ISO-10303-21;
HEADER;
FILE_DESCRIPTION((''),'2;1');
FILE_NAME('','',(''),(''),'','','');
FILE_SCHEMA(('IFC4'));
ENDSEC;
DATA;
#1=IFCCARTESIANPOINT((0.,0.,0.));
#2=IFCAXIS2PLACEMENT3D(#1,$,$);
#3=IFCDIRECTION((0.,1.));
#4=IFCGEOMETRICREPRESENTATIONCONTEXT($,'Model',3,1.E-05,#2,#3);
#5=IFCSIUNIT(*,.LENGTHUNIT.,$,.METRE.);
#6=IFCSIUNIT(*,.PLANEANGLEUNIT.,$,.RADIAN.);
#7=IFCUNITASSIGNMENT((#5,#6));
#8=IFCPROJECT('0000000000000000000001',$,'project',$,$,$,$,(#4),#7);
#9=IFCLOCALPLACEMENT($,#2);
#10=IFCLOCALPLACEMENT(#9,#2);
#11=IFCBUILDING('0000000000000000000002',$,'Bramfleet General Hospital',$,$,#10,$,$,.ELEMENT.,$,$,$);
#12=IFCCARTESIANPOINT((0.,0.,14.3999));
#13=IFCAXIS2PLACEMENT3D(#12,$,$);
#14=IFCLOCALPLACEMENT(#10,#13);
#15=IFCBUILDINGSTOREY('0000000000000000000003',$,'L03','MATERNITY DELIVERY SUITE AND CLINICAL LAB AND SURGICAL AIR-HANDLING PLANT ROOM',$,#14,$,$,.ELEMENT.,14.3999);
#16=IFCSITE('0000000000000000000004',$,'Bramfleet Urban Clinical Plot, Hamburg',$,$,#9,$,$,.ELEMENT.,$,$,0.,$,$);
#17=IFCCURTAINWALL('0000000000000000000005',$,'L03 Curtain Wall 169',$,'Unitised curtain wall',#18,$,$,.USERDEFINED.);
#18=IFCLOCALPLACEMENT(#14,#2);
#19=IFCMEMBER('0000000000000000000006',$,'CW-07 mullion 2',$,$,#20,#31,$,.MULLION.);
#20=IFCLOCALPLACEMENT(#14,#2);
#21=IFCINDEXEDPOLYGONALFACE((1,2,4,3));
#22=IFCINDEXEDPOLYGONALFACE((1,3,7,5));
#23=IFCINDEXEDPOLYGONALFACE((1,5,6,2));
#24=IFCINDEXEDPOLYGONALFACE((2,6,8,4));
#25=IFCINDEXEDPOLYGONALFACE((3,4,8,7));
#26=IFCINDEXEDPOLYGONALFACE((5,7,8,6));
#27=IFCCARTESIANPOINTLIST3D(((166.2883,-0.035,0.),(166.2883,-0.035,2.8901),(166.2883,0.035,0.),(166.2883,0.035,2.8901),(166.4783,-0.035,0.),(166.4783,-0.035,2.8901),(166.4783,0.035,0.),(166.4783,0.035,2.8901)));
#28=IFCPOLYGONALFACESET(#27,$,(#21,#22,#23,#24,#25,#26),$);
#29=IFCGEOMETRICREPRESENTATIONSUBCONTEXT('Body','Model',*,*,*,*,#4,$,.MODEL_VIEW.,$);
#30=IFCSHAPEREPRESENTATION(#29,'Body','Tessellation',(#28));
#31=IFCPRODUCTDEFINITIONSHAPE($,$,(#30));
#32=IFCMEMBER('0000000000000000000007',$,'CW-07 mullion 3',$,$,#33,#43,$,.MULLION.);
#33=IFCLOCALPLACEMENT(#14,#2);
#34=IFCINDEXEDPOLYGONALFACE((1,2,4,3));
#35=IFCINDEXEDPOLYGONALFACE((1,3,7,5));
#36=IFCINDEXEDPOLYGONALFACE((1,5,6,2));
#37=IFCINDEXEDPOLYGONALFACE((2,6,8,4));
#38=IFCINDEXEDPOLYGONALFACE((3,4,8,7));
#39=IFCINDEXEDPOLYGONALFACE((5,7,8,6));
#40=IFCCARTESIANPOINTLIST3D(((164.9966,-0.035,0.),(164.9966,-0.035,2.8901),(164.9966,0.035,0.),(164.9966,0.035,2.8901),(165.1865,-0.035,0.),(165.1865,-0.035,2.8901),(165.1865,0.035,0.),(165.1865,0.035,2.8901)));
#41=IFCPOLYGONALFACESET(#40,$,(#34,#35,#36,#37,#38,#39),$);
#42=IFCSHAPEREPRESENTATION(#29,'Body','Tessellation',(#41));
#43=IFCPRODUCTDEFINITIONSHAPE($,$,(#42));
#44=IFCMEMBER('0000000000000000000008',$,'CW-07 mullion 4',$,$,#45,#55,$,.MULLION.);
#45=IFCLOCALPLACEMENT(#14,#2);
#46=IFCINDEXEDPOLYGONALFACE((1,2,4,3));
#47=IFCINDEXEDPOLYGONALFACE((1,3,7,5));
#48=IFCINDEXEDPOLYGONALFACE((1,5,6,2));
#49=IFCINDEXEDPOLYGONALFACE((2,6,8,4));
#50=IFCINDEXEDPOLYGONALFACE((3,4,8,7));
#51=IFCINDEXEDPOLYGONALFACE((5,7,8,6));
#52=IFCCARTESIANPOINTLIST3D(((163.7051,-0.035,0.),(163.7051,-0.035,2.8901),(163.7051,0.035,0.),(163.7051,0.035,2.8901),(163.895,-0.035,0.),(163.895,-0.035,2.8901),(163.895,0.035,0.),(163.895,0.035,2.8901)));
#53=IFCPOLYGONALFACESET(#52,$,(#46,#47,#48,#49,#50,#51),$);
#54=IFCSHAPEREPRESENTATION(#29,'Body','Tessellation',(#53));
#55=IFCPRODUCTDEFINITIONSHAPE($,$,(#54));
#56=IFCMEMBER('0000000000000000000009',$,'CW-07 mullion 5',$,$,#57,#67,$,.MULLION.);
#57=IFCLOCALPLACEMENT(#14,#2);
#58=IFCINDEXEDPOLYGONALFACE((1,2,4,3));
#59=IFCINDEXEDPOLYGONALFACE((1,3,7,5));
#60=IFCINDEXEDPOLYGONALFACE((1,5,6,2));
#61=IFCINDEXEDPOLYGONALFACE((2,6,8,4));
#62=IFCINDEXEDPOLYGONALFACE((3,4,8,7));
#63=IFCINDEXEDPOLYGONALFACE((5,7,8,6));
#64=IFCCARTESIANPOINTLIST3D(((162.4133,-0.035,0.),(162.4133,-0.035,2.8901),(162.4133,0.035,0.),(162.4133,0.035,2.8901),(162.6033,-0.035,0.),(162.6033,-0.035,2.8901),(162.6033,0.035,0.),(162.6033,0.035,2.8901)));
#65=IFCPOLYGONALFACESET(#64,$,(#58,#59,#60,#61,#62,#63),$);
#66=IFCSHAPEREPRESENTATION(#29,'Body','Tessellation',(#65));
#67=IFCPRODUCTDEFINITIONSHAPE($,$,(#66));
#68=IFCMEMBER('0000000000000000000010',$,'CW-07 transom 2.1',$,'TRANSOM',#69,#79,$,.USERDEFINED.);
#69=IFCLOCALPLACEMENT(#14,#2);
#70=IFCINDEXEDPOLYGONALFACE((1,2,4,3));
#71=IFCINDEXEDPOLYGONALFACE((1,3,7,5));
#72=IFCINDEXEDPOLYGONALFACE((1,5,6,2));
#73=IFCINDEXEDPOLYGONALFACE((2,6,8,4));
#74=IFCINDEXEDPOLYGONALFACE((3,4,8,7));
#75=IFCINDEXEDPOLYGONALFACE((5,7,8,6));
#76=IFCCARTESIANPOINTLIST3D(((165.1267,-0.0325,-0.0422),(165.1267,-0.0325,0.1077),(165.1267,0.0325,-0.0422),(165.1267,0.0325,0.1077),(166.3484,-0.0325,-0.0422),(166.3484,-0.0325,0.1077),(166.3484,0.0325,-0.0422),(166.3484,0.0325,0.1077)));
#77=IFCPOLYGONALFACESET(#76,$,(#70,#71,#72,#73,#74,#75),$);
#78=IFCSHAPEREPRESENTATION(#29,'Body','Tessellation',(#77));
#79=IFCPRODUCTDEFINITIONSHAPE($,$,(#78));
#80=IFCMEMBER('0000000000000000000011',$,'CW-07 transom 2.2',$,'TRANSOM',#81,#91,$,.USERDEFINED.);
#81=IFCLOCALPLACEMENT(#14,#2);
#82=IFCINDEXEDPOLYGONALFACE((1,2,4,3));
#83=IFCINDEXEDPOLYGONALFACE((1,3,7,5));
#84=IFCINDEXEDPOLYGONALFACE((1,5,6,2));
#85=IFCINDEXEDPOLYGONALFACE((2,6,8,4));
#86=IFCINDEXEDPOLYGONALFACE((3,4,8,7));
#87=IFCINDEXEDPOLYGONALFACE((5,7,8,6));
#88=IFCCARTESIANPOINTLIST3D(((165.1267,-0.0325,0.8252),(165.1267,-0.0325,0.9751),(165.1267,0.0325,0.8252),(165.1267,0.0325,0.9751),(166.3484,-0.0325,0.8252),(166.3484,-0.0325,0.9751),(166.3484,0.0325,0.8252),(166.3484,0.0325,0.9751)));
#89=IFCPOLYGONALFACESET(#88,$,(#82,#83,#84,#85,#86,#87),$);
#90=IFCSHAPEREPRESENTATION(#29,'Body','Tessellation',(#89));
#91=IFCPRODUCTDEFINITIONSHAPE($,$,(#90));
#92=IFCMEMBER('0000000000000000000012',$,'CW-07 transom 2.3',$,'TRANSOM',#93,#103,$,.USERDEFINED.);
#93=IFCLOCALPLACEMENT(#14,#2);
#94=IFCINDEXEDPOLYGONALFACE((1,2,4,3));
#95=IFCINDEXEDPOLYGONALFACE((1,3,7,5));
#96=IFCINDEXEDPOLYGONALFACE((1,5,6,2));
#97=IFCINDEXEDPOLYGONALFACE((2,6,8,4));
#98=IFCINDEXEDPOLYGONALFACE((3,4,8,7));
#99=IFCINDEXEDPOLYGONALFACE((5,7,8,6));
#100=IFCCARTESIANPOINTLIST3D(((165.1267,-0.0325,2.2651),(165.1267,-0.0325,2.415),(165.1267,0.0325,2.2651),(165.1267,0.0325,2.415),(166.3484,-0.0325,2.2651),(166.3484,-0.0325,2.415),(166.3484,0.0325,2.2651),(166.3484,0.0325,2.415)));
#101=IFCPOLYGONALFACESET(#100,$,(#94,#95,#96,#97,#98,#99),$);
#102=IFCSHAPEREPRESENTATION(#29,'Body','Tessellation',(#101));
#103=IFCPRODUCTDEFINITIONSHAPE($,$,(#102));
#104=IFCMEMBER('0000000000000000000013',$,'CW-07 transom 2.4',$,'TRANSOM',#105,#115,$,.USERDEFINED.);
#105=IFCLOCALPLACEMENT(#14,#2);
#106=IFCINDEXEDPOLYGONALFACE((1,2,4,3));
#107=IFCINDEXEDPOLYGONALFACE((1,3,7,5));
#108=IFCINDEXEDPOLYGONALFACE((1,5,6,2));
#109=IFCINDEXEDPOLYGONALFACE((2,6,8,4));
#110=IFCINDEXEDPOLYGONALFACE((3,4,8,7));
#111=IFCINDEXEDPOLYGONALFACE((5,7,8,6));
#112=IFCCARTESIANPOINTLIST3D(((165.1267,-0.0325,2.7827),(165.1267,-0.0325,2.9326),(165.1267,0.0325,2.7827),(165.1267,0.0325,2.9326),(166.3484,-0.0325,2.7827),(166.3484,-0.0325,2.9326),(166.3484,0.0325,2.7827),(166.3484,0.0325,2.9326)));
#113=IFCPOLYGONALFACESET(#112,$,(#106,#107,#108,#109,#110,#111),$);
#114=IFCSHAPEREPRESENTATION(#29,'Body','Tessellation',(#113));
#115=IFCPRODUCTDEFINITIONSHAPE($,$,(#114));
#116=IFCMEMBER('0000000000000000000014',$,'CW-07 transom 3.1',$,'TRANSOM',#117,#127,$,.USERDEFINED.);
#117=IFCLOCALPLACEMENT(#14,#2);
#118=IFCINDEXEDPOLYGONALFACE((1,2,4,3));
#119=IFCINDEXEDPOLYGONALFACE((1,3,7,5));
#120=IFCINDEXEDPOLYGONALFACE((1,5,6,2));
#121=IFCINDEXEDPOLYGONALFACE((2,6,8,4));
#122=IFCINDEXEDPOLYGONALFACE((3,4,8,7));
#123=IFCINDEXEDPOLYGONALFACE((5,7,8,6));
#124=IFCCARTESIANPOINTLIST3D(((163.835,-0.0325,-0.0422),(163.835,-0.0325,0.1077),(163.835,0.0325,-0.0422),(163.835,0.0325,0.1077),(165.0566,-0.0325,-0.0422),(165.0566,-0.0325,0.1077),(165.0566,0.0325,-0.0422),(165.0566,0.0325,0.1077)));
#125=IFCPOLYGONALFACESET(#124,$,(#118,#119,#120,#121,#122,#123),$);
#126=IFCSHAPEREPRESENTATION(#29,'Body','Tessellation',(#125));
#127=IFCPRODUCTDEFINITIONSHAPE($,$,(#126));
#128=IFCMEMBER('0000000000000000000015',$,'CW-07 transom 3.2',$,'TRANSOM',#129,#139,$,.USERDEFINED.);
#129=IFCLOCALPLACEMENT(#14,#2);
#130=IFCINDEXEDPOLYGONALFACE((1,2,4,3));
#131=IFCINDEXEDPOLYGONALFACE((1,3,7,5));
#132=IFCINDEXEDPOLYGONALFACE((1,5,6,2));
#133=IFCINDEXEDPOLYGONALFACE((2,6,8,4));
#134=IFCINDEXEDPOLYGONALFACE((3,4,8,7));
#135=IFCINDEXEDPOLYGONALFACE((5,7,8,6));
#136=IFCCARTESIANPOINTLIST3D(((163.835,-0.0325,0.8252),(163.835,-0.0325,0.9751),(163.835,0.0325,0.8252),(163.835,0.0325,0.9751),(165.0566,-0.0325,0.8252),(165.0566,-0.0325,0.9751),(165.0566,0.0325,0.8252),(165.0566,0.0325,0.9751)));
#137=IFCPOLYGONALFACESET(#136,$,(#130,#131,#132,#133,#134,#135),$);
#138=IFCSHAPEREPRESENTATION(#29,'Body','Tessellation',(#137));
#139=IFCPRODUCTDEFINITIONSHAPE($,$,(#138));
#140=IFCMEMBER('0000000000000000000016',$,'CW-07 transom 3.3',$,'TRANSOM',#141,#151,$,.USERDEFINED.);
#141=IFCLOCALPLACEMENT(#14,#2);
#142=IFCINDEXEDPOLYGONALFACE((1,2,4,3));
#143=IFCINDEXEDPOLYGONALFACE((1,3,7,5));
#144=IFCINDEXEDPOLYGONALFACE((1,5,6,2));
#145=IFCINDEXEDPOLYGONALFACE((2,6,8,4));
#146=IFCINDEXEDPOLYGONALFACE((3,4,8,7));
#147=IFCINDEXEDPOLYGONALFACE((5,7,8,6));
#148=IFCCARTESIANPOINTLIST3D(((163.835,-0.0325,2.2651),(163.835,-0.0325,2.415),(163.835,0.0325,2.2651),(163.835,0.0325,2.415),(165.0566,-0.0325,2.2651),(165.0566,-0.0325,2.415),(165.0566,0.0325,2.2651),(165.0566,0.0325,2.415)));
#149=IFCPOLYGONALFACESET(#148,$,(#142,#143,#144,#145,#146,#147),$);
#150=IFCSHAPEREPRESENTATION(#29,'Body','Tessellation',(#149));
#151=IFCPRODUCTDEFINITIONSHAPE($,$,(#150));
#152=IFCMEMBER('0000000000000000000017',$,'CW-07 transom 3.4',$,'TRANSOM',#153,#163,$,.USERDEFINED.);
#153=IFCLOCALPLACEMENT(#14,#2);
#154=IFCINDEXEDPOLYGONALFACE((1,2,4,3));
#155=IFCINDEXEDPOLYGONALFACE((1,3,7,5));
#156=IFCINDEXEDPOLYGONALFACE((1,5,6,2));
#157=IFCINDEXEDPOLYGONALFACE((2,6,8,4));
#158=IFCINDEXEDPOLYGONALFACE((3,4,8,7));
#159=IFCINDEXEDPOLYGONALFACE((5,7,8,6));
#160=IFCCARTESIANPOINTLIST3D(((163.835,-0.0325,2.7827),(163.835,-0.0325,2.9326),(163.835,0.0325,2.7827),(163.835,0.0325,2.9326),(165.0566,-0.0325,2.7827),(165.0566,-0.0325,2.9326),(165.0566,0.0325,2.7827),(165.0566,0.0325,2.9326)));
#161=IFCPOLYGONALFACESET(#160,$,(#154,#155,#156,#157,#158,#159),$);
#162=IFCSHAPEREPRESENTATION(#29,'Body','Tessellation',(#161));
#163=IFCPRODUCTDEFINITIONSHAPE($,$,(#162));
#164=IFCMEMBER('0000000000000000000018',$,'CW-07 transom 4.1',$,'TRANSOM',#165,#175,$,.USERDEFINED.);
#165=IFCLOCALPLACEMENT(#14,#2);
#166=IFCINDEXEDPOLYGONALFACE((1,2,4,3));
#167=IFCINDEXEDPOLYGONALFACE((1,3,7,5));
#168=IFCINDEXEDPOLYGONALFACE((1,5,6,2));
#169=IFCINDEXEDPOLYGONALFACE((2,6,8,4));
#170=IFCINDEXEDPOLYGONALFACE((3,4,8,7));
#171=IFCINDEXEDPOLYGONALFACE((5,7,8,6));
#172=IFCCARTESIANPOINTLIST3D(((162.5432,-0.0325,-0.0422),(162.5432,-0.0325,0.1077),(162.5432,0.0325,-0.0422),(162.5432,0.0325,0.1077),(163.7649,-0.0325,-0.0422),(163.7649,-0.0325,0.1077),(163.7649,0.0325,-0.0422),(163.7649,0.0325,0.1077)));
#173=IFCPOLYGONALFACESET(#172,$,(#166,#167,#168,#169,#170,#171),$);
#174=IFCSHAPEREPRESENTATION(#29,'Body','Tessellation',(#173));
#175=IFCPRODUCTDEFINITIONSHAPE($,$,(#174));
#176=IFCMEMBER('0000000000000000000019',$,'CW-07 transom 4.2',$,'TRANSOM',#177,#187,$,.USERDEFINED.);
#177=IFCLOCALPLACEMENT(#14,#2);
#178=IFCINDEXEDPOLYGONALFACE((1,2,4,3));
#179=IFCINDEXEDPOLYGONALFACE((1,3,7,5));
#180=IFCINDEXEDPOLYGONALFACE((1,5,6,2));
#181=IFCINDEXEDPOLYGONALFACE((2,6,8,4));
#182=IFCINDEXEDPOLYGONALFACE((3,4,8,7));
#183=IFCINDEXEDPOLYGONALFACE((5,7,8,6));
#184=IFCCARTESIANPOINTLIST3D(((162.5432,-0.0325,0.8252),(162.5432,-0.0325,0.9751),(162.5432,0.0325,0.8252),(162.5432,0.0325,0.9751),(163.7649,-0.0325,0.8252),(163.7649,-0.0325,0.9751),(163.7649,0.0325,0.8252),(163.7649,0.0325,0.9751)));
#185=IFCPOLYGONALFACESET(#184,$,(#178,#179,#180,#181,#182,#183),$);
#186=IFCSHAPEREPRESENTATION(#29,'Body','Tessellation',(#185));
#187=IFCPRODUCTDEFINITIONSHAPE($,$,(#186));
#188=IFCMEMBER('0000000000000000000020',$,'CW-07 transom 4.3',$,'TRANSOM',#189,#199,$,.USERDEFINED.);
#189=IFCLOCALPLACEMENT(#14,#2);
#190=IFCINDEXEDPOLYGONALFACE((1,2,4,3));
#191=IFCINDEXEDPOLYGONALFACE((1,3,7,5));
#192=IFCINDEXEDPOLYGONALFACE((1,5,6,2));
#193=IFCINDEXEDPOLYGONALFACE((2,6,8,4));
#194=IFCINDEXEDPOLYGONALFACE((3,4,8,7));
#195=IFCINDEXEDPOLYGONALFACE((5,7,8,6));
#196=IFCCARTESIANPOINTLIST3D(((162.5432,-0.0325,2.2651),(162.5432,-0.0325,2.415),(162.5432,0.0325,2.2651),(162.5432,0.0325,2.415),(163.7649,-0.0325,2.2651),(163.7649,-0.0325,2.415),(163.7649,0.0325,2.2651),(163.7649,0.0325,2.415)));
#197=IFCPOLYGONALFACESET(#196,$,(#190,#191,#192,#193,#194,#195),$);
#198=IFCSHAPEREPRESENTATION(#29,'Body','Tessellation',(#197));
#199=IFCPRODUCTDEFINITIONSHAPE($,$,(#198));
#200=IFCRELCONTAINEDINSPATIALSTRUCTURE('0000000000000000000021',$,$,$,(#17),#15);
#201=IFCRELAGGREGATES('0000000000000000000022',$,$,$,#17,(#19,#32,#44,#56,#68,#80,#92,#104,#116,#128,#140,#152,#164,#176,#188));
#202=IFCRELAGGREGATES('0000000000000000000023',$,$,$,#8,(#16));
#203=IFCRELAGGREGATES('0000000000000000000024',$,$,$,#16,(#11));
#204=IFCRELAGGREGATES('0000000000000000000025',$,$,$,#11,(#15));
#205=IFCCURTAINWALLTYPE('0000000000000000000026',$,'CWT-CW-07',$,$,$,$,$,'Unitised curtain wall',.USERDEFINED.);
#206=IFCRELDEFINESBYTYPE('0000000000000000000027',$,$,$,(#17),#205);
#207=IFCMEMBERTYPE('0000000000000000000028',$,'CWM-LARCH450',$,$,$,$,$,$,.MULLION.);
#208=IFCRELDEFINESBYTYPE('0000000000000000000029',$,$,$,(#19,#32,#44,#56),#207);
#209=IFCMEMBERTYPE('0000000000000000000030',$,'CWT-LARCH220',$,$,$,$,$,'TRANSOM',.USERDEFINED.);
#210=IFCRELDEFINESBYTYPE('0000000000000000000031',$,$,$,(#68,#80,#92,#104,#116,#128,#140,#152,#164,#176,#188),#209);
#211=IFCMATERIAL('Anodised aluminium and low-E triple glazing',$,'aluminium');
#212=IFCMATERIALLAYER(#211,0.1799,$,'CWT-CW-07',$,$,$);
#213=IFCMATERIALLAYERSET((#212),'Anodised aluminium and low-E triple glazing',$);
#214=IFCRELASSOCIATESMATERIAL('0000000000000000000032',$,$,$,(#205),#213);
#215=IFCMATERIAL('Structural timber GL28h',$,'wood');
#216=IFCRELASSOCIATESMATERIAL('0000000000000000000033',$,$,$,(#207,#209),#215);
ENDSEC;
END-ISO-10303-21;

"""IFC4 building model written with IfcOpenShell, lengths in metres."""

from ifc_helpers import new_model, si_unit, direction, frame, origin, origin_2d, place, context, subcontext, project, spatial, rectangle, extrude, material, layer, layer_set, material_profile, profile_set, type_object, element, aggregate, save


model = new_model("IFC4")

# Units and contexts
model_context = context("Model", 3, precision=1e-05, world=origin(), true_north=direction((0.0, 1.0)))
body_context = subcontext(model_context, "Body", "Model", "MODEL_VIEW")
ifc_project = project(units=[si_unit("LENGTHUNIT", "METRE"), si_unit("PLANEANGLEUNIT", "RADIAN")], contexts=[model_context])

# Site, building, storey
site_placement = place(None, origin())
site = spatial("IfcSite", under=ifc_project, at=site_placement, Name="Bramfleet Urban Clinical Plot, Hamburg", CompositionType="ELEMENT", RefElevation=0.0)
building_placement = place(site_placement, origin())
building = spatial("IfcBuilding", under=site, at=building_placement, Name="Bramfleet General Hospital", CompositionType="ELEMENT")
storey_placement = place(building_placement, frame((0.0, 0.0, 14.3999)))
storey = spatial("IfcBuildingStorey", under=building, at=storey_placement, Name="L03", Description="MATERNITY DELIVERY SUITE AND CLINICAL LAB AND SURGICAL AIR-HANDLING PLANT ROOM", CompositionType="ELEMENT", Elevation=14.3999)

# Curtain wall, members
ifc_material_1 = material(Name="Anodised aluminium and low-E triple glazing", Category="aluminium")
ifc_layer_1 = layer(ifc_material_1, 0.1799, Name="CWT-CW-07")
ifc_layer_set_1 = layer_set([ifc_layer_1], Name="Anodised aluminium and low-E triple glazing")
curtain_wall_type = type_object("IfcCurtainWallType", Name="CWT-CW-07", ElementType="Unitised curtain wall", PredefinedType="USERDEFINED", material=ifc_layer_set_1)
curtain_wall_placement = place(storey_placement, origin())
curtain_wall = element("IfcCurtainWall", 1, at=curtain_wall_placement, inside=storey, type_object=curtain_wall_type, Name="L03 Curtain Wall 169", ObjectType="Unitised curtain wall", PredefinedType="USERDEFINED")
ifc_material_2 = material(Name="Structural timber GL28h", Category="wood")
ifc_material_profile_1 = material_profile(ifc_material_2, rectangle(XDim=0.0701, YDim=0.1899, at=origin_2d()), Name="LARCH 190x70")
ifc_profile_set_1 = profile_set([ifc_material_profile_1], Name="Structural timber GL28h")
member_type_1 = type_object("IfcMemberType", Name="CWM-LARCH450", PredefinedType="MULLION", material=ifc_profile_set_1)
member_1_placement = place(storey_placement, frame((166.3833, 0.0, 0.0), z_axis=(0.0, 0.0, 1.0), x_axis=(0.0, -1.0, 0.0)))
member_1 = element("IfcMember", 2, at=member_1_placement, type_object=member_type_1, Name="CW-07 mullion 2", PredefinedType="MULLION", context=body_context, shape_type="SweptSolid", body=[
    extrude(rectangle(XDim=0.0701, YDim=0.1899, at=origin_2d()), origin(), (0.0, 0.0, 1.0), 2.8901),
])
member_2_placement = place(storey_placement, frame((165.0916, 0.0, 0.0), z_axis=(0.0, 0.0, 1.0), x_axis=(0.0, -1.0, 0.0)))
member_2 = element("IfcMember", 3, at=member_2_placement, type_object=member_type_1, Name="CW-07 mullion 3", PredefinedType="MULLION", context=body_context, shape_type="SweptSolid", body=[
    extrude(rectangle(XDim=0.0701, YDim=0.1899, at=origin_2d()), origin(), (0.0, 0.0, 1.0), 2.8901),
])
member_3_placement = place(storey_placement, frame((163.8, 0.0, 0.0), z_axis=(0.0, 0.0, 1.0), x_axis=(0.0, -1.0, 0.0)))
member_3 = element("IfcMember", 4, at=member_3_placement, type_object=member_type_1, Name="CW-07 mullion 4", PredefinedType="MULLION", context=body_context, shape_type="SweptSolid", body=[
    extrude(rectangle(XDim=0.0701, YDim=0.1899, at=origin_2d()), origin(), (0.0, 0.0, 1.0), 2.8901),
])
member_4_placement = place(storey_placement, frame((162.5083, 0.0, 0.0), z_axis=(0.0, 0.0, 1.0), x_axis=(0.0, -1.0, 0.0)))
member_4 = element("IfcMember", 5, at=member_4_placement, type_object=member_type_1, Name="CW-07 mullion 5", PredefinedType="MULLION", context=body_context, shape_type="SweptSolid", body=[
    extrude(rectangle(XDim=0.0701, YDim=0.1899, at=origin_2d()), origin(), (0.0, 0.0, 1.0), 2.8901),
])
ifc_material_profile_2 = material_profile(ifc_material_2, rectangle(XDim=0.0649, YDim=0.1499, at=origin_2d()), Name="LARCH 150x65")
ifc_profile_set_2 = profile_set([ifc_material_profile_2], Name="Structural timber GL28h")
member_type_2 = type_object("IfcMemberType", Name="CWT-LARCH220", ElementType="TRANSOM", PredefinedType="USERDEFINED", material=ifc_profile_set_2)
member_5_placement = place(storey_placement, frame((166.3484, 0.0, 0.0327), z_axis=(-1.0, 0.0, 0.0), x_axis=(0.0, -1.0, 0.0)))
member_5 = element("IfcMember", 6, at=member_5_placement, type_object=member_type_2, Name="CW-07 transom 2.1", ObjectType="TRANSOM", PredefinedType="USERDEFINED", context=body_context, shape_type="SweptSolid", body=[
    extrude(rectangle(XDim=0.0649, YDim=0.1499, at=origin_2d()), origin(), (0.0, 0.0, 1.0), 1.2217),
])
member_6_placement = place(storey_placement, frame((166.3484, 0.0, 0.9001), z_axis=(-1.0, 0.0, 0.0), x_axis=(0.0, -1.0, 0.0)))
member_6 = element("IfcMember", 7, at=member_6_placement, type_object=member_type_2, Name="CW-07 transom 2.2", ObjectType="TRANSOM", PredefinedType="USERDEFINED", context=body_context, shape_type="SweptSolid", body=[
    extrude(rectangle(XDim=0.0649, YDim=0.1499, at=origin_2d()), origin(), (0.0, 0.0, 1.0), 1.2217),
])
member_7_placement = place(storey_placement, frame((166.3484, 0.0, 2.3401), z_axis=(-1.0, 0.0, 0.0), x_axis=(0.0, -1.0, 0.0)))
member_7 = element("IfcMember", 8, at=member_7_placement, type_object=member_type_2, Name="CW-07 transom 2.3", ObjectType="TRANSOM", PredefinedType="USERDEFINED", context=body_context, shape_type="SweptSolid", body=[
    extrude(rectangle(XDim=0.0649, YDim=0.1499, at=origin_2d()), origin(), (0.0, 0.0, 1.0), 1.2217),
])
member_8_placement = place(storey_placement, frame((166.3484, 0.0, 2.8577), z_axis=(-1.0, 0.0, 0.0), x_axis=(0.0, -1.0, 0.0)))
member_8 = element("IfcMember", 9, at=member_8_placement, type_object=member_type_2, Name="CW-07 transom 2.4", ObjectType="TRANSOM", PredefinedType="USERDEFINED", context=body_context, shape_type="SweptSolid", body=[
    extrude(rectangle(XDim=0.0649, YDim=0.1499, at=origin_2d()), origin(), (0.0, 0.0, 1.0), 1.2217),
])
member_9_placement = place(storey_placement, frame((165.0566, 0.0, 0.0327), z_axis=(-1.0, 0.0, 0.0), x_axis=(0.0, -1.0, 0.0)))
member_9 = element("IfcMember", 10, at=member_9_placement, type_object=member_type_2, Name="CW-07 transom 3.1", ObjectType="TRANSOM", PredefinedType="USERDEFINED", context=body_context, shape_type="SweptSolid", body=[
    extrude(rectangle(XDim=0.0649, YDim=0.1499, at=origin_2d()), origin(), (0.0, 0.0, 1.0), 1.2217),
])
member_10_placement = place(storey_placement, frame((165.0566, 0.0, 0.9001), z_axis=(-1.0, 0.0, 0.0), x_axis=(0.0, -1.0, 0.0)))
member_10 = element("IfcMember", 11, at=member_10_placement, type_object=member_type_2, Name="CW-07 transom 3.2", ObjectType="TRANSOM", PredefinedType="USERDEFINED", context=body_context, shape_type="SweptSolid", body=[
    extrude(rectangle(XDim=0.0649, YDim=0.1499, at=origin_2d()), origin(), (0.0, 0.0, 1.0), 1.2217),
])
member_11_placement = place(storey_placement, frame((165.0566, 0.0, 2.3401), z_axis=(-1.0, 0.0, 0.0), x_axis=(0.0, -1.0, 0.0)))
member_11 = element("IfcMember", 12, at=member_11_placement, type_object=member_type_2, Name="CW-07 transom 3.3", ObjectType="TRANSOM", PredefinedType="USERDEFINED", context=body_context, shape_type="SweptSolid", body=[
    extrude(rectangle(XDim=0.0649, YDim=0.1499, at=origin_2d()), origin(), (0.0, 0.0, 1.0), 1.2217),
])
member_12_placement = place(storey_placement, frame((165.0566, 0.0, 2.8577), z_axis=(-1.0, 0.0, 0.0), x_axis=(0.0, -1.0, 0.0)))
member_12 = element("IfcMember", 13, at=member_12_placement, type_object=member_type_2, Name="CW-07 transom 3.4", ObjectType="TRANSOM", PredefinedType="USERDEFINED", context=body_context, shape_type="SweptSolid", body=[
    extrude(rectangle(XDim=0.0649, YDim=0.1499, at=origin_2d()), origin(), (0.0, 0.0, 1.0), 1.2217),
])
member_13_placement = place(storey_placement, frame((163.7649, 0.0, 0.0327), z_axis=(-1.0, 0.0, 0.0), x_axis=(0.0, -1.0, 0.0)))
member_13 = element("IfcMember", 14, at=member_13_placement, type_object=member_type_2, Name="CW-07 transom 4.1", ObjectType="TRANSOM", PredefinedType="USERDEFINED", context=body_context, shape_type="SweptSolid", body=[
    extrude(rectangle(XDim=0.0649, YDim=0.1499, at=origin_2d()), origin(), (0.0, 0.0, 1.0), 1.2217),
])
member_14_placement = place(storey_placement, frame((163.7649, 0.0, 0.9001), z_axis=(-1.0, 0.0, 0.0), x_axis=(0.0, -1.0, 0.0)))
member_14 = element("IfcMember", 15, at=member_14_placement, type_object=member_type_2, Name="CW-07 transom 4.2", ObjectType="TRANSOM", PredefinedType="USERDEFINED", context=body_context, shape_type="SweptSolid", body=[
    extrude(rectangle(XDim=0.0649, YDim=0.1499, at=origin_2d()), origin(), (0.0, 0.0, 1.0), 1.2217),
])
member_15_placement = place(storey_placement, frame((163.7649, 0.0, 2.3401), z_axis=(-1.0, 0.0, 0.0), x_axis=(0.0, -1.0, 0.0)))
member_15 = element("IfcMember", 16, at=member_15_placement, type_object=member_type_2, Name="CW-07 transom 4.3", ObjectType="TRANSOM", PredefinedType="USERDEFINED", context=body_context, shape_type="SweptSolid", body=[
    extrude(rectangle(XDim=0.0649, YDim=0.1499, at=origin_2d()), origin(), (0.0, 0.0, 1.0), 1.2217),
])
aggregate(curtain_wall, [member_1, member_2, member_3, member_4, member_5, member_6, member_7, member_8, member_9, member_10, member_11, member_12, member_13, member_14, member_15])

save(model, "model.ifc")
